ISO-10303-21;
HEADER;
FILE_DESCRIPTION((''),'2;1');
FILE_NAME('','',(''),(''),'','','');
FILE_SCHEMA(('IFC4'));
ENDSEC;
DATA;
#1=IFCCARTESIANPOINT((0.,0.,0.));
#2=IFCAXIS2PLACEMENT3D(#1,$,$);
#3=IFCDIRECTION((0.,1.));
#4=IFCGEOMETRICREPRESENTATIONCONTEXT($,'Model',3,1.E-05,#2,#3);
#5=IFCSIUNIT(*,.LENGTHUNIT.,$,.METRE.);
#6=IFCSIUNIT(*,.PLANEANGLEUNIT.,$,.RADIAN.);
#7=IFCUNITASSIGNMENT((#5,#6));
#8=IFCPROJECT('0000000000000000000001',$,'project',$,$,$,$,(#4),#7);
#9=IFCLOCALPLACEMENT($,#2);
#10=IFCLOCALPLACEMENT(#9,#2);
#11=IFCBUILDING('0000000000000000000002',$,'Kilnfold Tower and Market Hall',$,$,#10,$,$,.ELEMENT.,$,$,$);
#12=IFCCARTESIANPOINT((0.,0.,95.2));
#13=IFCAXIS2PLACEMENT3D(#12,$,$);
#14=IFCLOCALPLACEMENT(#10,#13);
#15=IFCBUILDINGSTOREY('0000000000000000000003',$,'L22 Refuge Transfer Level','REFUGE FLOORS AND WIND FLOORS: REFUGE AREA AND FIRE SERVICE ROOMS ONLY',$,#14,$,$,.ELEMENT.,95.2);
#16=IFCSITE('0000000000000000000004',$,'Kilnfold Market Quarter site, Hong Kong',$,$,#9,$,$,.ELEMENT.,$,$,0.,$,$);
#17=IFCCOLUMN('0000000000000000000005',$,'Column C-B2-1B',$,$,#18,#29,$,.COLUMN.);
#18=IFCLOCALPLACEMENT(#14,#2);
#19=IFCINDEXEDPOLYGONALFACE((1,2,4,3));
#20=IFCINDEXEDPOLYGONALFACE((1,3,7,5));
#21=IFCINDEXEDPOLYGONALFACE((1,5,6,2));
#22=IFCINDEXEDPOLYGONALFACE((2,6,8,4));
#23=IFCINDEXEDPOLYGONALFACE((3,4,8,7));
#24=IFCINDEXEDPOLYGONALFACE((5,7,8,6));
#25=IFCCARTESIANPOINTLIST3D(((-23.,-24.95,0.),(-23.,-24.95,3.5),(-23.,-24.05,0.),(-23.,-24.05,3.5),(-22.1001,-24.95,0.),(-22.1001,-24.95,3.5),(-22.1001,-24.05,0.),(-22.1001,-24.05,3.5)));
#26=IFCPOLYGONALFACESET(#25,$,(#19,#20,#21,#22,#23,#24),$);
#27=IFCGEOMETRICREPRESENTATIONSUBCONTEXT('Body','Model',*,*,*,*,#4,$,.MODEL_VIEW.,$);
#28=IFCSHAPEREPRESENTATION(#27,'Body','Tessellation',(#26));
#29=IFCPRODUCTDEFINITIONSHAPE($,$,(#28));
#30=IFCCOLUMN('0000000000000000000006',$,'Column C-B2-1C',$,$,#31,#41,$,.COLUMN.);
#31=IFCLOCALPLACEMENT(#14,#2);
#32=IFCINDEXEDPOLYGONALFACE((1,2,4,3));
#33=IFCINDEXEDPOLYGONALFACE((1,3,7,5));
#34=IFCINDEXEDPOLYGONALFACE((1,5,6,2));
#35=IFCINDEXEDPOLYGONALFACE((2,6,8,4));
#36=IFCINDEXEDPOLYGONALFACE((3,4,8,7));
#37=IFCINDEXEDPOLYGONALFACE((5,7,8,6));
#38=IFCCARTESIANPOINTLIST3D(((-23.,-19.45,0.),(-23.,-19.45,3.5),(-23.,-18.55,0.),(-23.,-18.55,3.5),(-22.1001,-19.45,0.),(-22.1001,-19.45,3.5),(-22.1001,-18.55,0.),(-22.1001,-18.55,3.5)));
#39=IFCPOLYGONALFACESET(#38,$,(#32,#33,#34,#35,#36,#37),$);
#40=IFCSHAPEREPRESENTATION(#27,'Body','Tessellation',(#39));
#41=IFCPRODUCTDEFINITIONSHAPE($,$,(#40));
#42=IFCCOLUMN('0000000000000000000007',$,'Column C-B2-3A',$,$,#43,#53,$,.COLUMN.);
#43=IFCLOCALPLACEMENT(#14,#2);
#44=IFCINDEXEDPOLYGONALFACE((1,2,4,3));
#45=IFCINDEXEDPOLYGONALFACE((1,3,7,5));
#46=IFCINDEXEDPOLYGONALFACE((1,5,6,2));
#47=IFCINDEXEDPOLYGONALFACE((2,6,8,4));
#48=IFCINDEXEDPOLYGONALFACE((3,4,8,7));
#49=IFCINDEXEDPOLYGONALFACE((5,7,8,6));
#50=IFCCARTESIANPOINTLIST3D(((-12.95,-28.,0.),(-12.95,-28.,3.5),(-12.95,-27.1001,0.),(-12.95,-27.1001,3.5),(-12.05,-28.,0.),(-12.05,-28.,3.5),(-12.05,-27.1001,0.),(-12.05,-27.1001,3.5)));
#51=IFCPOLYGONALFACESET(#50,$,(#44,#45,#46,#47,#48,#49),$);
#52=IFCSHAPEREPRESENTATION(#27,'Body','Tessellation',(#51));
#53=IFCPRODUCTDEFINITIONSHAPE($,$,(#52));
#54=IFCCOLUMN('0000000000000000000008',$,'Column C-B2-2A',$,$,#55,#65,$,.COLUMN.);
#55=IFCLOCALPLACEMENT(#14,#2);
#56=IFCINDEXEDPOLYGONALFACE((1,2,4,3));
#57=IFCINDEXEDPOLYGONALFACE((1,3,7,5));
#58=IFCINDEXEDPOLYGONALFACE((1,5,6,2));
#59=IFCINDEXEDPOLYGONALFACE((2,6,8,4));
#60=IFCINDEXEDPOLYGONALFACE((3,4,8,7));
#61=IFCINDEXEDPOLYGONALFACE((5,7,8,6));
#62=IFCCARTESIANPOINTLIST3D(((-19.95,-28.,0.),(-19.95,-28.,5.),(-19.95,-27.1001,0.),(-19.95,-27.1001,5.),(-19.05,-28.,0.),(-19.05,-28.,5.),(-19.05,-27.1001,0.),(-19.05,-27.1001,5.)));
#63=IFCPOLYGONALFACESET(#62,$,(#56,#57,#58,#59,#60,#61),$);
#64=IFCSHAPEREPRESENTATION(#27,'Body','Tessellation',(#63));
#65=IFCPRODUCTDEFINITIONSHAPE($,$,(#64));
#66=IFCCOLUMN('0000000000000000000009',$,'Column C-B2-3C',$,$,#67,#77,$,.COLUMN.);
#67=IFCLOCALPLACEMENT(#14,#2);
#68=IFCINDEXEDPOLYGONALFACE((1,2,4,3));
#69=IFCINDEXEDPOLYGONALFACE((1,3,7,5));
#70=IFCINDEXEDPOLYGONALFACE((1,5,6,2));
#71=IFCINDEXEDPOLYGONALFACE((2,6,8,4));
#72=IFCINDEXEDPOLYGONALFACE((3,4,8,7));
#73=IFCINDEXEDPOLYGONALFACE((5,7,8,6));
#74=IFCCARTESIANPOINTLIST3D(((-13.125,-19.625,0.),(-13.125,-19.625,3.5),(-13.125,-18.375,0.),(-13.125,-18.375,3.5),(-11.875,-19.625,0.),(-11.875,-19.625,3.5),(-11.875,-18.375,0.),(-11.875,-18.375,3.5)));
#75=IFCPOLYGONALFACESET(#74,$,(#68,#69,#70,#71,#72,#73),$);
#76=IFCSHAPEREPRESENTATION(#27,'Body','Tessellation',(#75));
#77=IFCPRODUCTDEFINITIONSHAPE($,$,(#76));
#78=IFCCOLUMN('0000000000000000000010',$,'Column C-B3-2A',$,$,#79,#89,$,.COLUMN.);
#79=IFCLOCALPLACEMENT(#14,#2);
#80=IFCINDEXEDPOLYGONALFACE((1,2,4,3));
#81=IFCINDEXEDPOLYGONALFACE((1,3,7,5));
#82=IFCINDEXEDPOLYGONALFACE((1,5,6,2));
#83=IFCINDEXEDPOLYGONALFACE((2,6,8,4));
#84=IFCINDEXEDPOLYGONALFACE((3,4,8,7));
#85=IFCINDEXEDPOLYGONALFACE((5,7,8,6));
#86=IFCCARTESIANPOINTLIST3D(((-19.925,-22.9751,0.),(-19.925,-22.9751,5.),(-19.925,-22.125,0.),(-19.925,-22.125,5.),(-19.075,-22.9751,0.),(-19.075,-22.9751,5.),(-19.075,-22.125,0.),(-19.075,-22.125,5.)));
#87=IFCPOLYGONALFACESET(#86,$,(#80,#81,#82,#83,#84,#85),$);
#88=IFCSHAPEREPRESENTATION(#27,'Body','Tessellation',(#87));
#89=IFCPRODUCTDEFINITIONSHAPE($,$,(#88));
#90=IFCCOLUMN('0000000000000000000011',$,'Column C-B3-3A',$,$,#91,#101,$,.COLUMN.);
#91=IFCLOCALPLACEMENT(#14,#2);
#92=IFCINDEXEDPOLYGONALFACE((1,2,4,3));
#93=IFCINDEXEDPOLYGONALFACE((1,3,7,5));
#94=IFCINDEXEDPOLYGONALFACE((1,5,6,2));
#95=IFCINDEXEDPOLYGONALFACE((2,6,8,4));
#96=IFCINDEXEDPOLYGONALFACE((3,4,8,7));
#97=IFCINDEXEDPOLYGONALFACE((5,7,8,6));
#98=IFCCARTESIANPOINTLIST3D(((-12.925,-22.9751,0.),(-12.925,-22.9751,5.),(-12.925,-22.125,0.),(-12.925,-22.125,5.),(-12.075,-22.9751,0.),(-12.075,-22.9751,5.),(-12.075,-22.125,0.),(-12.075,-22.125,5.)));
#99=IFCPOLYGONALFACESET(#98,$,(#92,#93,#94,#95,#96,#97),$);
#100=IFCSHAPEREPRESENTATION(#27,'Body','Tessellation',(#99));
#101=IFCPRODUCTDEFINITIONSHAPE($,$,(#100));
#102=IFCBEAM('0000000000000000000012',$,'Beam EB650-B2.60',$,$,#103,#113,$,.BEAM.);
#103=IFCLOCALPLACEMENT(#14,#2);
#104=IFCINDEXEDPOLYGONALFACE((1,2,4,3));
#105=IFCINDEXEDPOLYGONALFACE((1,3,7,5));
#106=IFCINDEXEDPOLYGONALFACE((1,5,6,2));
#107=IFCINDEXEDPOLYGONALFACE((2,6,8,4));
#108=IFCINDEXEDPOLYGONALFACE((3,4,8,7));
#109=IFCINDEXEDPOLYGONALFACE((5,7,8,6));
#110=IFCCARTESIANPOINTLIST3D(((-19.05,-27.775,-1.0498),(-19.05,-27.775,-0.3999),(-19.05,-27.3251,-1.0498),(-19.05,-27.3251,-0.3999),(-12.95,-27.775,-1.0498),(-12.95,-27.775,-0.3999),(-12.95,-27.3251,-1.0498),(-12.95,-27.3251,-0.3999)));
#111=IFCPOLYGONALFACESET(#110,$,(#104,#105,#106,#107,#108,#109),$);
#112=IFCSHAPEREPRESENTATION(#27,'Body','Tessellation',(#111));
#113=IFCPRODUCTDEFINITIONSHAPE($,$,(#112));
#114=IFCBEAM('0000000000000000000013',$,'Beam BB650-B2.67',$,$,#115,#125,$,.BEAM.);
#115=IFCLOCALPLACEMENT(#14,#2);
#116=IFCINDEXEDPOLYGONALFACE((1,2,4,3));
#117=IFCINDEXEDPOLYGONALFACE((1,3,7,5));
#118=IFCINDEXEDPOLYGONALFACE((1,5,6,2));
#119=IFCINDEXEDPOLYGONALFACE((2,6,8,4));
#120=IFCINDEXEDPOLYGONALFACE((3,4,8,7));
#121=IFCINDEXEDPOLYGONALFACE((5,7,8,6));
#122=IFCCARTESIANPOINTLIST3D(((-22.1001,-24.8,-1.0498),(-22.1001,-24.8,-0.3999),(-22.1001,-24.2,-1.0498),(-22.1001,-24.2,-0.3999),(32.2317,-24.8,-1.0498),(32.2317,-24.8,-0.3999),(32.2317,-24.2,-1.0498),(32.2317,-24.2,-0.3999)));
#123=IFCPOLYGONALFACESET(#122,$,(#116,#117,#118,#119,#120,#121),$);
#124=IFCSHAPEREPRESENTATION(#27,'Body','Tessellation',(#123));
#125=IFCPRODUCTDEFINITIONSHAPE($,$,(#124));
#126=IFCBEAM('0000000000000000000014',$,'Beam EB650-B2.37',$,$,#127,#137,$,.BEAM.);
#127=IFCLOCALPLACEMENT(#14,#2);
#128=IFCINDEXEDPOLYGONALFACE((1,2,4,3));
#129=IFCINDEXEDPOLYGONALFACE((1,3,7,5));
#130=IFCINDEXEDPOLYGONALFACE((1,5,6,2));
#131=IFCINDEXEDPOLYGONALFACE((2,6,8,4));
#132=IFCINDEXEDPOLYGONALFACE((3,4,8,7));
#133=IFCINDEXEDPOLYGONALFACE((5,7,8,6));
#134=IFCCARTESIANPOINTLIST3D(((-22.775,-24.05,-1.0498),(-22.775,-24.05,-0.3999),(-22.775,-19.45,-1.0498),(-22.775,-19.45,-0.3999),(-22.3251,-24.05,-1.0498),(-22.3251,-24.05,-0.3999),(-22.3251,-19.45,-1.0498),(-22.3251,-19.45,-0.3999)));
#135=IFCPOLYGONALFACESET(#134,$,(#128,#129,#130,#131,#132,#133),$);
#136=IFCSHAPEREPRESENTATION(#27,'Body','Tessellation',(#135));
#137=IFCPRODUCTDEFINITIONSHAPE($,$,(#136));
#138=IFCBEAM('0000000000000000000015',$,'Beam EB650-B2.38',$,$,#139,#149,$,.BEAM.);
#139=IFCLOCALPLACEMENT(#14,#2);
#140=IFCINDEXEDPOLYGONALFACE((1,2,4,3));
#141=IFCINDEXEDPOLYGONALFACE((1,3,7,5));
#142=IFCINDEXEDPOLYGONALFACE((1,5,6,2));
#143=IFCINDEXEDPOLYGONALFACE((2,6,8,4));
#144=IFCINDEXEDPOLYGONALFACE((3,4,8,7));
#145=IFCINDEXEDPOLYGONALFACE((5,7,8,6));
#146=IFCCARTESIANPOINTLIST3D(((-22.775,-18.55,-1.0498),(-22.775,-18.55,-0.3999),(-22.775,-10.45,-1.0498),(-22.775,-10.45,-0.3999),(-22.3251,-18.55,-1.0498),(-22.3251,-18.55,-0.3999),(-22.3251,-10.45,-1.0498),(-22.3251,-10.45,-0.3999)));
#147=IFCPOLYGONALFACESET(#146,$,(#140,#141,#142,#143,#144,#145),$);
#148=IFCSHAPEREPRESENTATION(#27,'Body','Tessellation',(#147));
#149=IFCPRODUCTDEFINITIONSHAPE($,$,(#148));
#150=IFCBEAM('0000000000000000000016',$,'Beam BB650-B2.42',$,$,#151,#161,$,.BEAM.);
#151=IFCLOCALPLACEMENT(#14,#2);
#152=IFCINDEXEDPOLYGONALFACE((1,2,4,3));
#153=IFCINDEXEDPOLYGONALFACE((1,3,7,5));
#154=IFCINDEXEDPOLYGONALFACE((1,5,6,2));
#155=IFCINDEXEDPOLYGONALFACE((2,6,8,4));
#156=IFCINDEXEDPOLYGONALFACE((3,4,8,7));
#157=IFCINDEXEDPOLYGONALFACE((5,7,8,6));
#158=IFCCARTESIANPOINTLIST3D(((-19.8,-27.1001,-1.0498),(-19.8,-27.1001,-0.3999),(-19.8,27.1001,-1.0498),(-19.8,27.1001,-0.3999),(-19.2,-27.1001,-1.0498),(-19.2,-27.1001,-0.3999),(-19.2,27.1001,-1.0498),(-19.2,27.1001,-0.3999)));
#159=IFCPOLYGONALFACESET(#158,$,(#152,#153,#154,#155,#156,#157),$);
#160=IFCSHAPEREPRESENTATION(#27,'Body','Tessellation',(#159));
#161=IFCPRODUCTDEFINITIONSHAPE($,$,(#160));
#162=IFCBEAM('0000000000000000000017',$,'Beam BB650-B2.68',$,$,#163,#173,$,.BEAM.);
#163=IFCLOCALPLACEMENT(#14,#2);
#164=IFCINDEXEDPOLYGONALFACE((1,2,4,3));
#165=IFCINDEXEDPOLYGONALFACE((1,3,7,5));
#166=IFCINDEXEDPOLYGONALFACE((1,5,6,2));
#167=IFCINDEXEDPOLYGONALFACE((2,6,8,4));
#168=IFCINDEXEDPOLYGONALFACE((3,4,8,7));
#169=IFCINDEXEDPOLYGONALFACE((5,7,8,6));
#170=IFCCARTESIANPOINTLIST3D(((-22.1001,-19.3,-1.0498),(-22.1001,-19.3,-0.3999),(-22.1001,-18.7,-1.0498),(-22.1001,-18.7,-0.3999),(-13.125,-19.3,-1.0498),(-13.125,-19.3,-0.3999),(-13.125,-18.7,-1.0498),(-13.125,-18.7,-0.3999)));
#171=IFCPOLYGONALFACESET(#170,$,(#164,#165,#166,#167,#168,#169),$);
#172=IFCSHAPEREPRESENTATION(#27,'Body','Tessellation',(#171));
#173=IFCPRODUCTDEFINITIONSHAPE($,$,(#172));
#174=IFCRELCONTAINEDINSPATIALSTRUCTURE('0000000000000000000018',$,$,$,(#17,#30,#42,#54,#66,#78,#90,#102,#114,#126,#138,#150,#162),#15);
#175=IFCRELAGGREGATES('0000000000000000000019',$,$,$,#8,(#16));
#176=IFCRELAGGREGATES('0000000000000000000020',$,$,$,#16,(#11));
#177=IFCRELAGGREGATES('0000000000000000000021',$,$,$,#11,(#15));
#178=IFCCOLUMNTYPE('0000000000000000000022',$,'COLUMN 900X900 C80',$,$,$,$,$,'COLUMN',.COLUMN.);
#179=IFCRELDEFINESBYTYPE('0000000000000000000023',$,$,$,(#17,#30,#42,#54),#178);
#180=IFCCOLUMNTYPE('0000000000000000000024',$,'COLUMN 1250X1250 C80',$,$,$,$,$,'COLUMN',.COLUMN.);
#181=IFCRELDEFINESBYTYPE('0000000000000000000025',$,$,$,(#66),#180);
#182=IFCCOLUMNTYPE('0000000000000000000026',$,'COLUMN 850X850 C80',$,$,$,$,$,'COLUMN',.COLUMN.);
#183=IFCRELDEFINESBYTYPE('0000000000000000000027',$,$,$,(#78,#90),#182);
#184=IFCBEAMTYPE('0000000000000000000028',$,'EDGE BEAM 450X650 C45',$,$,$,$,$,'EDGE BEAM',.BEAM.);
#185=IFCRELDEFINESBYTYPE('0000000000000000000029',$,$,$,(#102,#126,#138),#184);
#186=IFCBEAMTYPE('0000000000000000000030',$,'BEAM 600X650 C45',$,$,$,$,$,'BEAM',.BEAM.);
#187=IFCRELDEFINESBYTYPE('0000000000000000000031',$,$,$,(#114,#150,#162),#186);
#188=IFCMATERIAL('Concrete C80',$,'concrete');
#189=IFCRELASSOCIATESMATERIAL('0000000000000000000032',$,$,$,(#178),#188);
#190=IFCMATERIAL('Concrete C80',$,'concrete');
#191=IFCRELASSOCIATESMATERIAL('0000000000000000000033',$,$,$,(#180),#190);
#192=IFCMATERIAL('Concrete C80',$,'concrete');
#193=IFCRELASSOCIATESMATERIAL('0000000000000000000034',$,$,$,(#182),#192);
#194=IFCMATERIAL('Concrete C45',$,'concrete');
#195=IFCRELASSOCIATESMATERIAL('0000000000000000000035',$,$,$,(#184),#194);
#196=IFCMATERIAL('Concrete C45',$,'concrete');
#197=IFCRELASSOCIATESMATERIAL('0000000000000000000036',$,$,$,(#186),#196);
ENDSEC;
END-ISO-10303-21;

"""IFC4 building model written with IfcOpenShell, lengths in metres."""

from ifc_helpers import new_model, si_unit, direction, frame, origin, origin_2d, place, context, subcontext, project, spatial, rectangle, extrude, source, transform, mapped, material, material_profile, profile_set, type_object, element, save


model = new_model("IFC4")

# Units and contexts
model_context = context("Model", 3, precision=1e-05, world=origin(), true_north=direction((0.0, 1.0)))
body_context = subcontext(model_context, "Body", "Model", "MODEL_VIEW")
ifc_project = project(units=[si_unit("LENGTHUNIT", "METRE"), si_unit("PLANEANGLEUNIT", "RADIAN")], contexts=[model_context])

# Site, building, storey
site_placement = place(None, origin())
site = spatial("IfcSite", under=ifc_project, at=site_placement, Name="Kilnfold Market Quarter site, Hong Kong", CompositionType="ELEMENT", RefElevation=0.0)
building_placement = place(site_placement, origin())
building = spatial("IfcBuilding", under=site, at=building_placement, Name="Kilnfold Tower and Market Hall", CompositionType="ELEMENT")
storey_placement = place(building_placement, frame((0.0, 0.0, 95.2)))
storey = spatial("IfcBuildingStorey", under=building, at=storey_placement, Name="L22 Refuge Transfer Level", Description="REFUGE FLOORS AND WIND FLOORS: REFUGE AREA AND FIRE SERVICE ROOMS ONLY", CompositionType="ELEMENT", Elevation=95.2)

# Columns
ifc_material_1 = material(Name="Concrete C80", Category="concrete")
ifc_material_profile_1 = material_profile(ifc_material_1, rectangle(XDim=0.8999, YDim=0.8999, at=origin_2d()), Name="RC 900x900")
ifc_profile_set_1 = profile_set([ifc_material_profile_1], Name="Concrete C80")
column_type_1 = type_object("IfcColumnType", Name="COLUMN 900X900 C80", ElementType="COLUMN", PredefinedType="COLUMN", material=ifc_profile_set_1)
shared_shape_1 = source(origin(), body_context, "Body", "SweptSolid", [
    extrude(rectangle(XDim=0.8999, YDim=0.8999, at=origin_2d()), origin(), (0.0, 0.0, 1.0), 3.5),
])
for number, where, z_axis, x_axis, name in (
    (1, (-22.55, -24.5, 0.0), (0.0, 0.0, 1.0), (1.0, 0.0, 0.0), "Column C-B2-1B"),
    (2, (-22.55, -19.0, 0.0), (0.0, 0.0, 1.0), (1.0, 0.0, 0.0), "Column C-B2-1C"),
    (3, (-12.5, -27.55, 0.0), (0.0, 0.0, 1.0), (1.0, 0.0, 0.0), "Column C-B2-3A"),
):
    element("IfcColumn", number, at=place(storey_placement, frame(where, z_axis=z_axis, x_axis=x_axis)), inside=storey, type_object=column_type_1, Name=name, PredefinedType="COLUMN", context=body_context, shape_type="MappedRepresentation", body=[
        mapped(shared_shape_1, transform((0.0, 0.0, 0.0))),
    ])
shared_shape_2 = source(origin(), body_context, "Body", "SweptSolid", [
    extrude(rectangle(XDim=0.8999, YDim=0.8999, at=origin_2d()), origin(), (0.0, 0.0, 1.0), 5.0),
])
column_1_placement = place(storey_placement, frame((-19.5, -27.55, 0.0), z_axis=(0.0, 0.0, 1.0), x_axis=(1.0, 0.0, 0.0)))
element("IfcColumn", 4, at=column_1_placement, inside=storey, type_object=column_type_1, Name="Column C-B2-2A", PredefinedType="COLUMN", context=body_context, shape_type="MappedRepresentation", body=[
    mapped(shared_shape_2, transform((0.0, 0.0, 0.0))),
])
ifc_material_2 = material(Name="Concrete C80", Category="concrete")
ifc_material_profile_2 = material_profile(ifc_material_2, rectangle(XDim=1.25, YDim=1.25, at=origin_2d()), Name="RC 1250x1250")
ifc_profile_set_2 = profile_set([ifc_material_profile_2], Name="Concrete C80")
column_type_2 = type_object("IfcColumnType", Name="COLUMN 1250X1250 C80", ElementType="COLUMN", PredefinedType="COLUMN", material=ifc_profile_set_2)
shared_shape_3 = source(origin(), body_context, "Body", "SweptSolid", [
    extrude(rectangle(XDim=1.25, YDim=1.25, at=origin_2d()), origin(), (0.0, 0.0, 1.0), 3.5),
])
column_2_placement = place(storey_placement, frame((-12.5, -19.0, 0.0), z_axis=(0.0, 0.0, 1.0), x_axis=(1.0, 0.0, 0.0)))
element("IfcColumn", 5, at=column_2_placement, inside=storey, type_object=column_type_2, Name="Column C-B2-3C", PredefinedType="COLUMN", context=body_context, shape_type="MappedRepresentation", body=[
    mapped(shared_shape_3, transform((0.0, 0.0, 0.0))),
])
ifc_material_3 = material(Name="Concrete C80", Category="concrete")
ifc_material_profile_3 = material_profile(ifc_material_3, rectangle(XDim=0.8501, YDim=0.8501, at=origin_2d()), Name="RC 850x850")
ifc_profile_set_3 = profile_set([ifc_material_profile_3], Name="Concrete C80")
column_type_3 = type_object("IfcColumnType", Name="COLUMN 850X850 C80", ElementType="COLUMN", PredefinedType="COLUMN", material=ifc_profile_set_3)
shared_shape_4 = source(origin(), body_context, "Body", "SweptSolid", [
    extrude(rectangle(XDim=0.8501, YDim=0.8501, at=origin_2d()), origin(), (0.0, 0.0, 1.0), 5.0),
])
for number, where, z_axis, x_axis, name in (
    (6, (-19.5, -22.55, 0.0), (0.0, 0.0, 1.0), (1.0, 0.0, 0.0), "Column C-B3-2A"),
    (7, (-12.5, -22.55, 0.0), (0.0, 0.0, 1.0), (1.0, 0.0, 0.0), "Column C-B3-3A"),
):
    element("IfcColumn", number, at=place(storey_placement, frame(where, z_axis=z_axis, x_axis=x_axis)), inside=storey, type_object=column_type_3, Name=name, PredefinedType="COLUMN", context=body_context, shape_type="MappedRepresentation", body=[
        mapped(shared_shape_4, transform((0.0, 0.0, 0.0))),
    ])

# Beams
ifc_material_4 = material(Name="Concrete C45", Category="concrete")
ifc_material_profile_4 = material_profile(ifc_material_4, rectangle(XDim=0.45, YDim=0.6499, at=origin_2d()), Name="RC 450x650")
ifc_profile_set_4 = profile_set([ifc_material_profile_4], Name="Concrete C45")
beam_type_1 = type_object("IfcBeamType", Name="EDGE BEAM 450X650 C45", ElementType="EDGE BEAM", PredefinedType="BEAM", material=ifc_profile_set_4)
shared_shape_5 = source(origin(), body_context, "Body", "SweptSolid", [
    extrude(rectangle(XDim=0.45, YDim=0.6499, at=origin_2d()), origin(), (0.0, 0.0, 1.0), 6.1001),
])
beam_1_placement = place(storey_placement, frame((-19.05, -27.55, -0.7249), z_axis=(1.0, 0.0, 0.0), x_axis=(0.0, 1.0, 0.0)))
element("IfcBeam", 8, at=beam_1_placement, inside=storey, type_object=beam_type_1, Name="Beam EB650-B2.60", PredefinedType="BEAM", context=body_context, shape_type="MappedRepresentation", body=[
    mapped(shared_shape_5, transform((0.0, 0.0, 0.0))),
])
ifc_material_5 = material(Name="Concrete C45", Category="concrete")
ifc_material_profile_5 = material_profile(ifc_material_5, rectangle(XDim=0.6001, YDim=0.6499, at=origin_2d()), Name="RC 600x650")
ifc_profile_set_5 = profile_set([ifc_material_profile_5], Name="Concrete C45")
beam_type_2 = type_object("IfcBeamType", Name="BEAM 600X650 C45", ElementType="BEAM", PredefinedType="BEAM", material=ifc_profile_set_5)
shared_shape_6 = source(origin(), body_context, "Body", "SweptSolid", [
    extrude(rectangle(XDim=0.6001, YDim=0.6499, at=origin_2d()), origin(), (0.0, 0.0, 1.0), 54.3318),
])
beam_2_placement = place(storey_placement, frame((-22.1001, -24.5, -0.7249), z_axis=(1.0, 0.0, 0.0), x_axis=(0.0, 1.0, 0.0)))
element("IfcBeam", 9, at=beam_2_placement, inside=storey, type_object=beam_type_2, Name="Beam BB650-B2.67", PredefinedType="BEAM", context=body_context, shape_type="MappedRepresentation", body=[
    mapped(shared_shape_6, transform((0.0, 0.0, 0.0))),
])
shared_shape_7 = source(origin(), body_context, "Body", "SweptSolid", [
    extrude(rectangle(XDim=0.45, YDim=0.6499, at=origin_2d()), origin(), (0.0, 0.0, 1.0), 4.6001),
])
beam_3_placement = place(storey_placement, frame((-22.55, -24.05, -0.7249), z_axis=(0.0, 1.0, 0.0), x_axis=(-1.0, 0.0, 0.0)))
element("IfcBeam", 10, at=beam_3_placement, inside=storey, type_object=beam_type_1, Name="Beam EB650-B2.37", PredefinedType="BEAM", context=body_context, shape_type="MappedRepresentation", body=[
    mapped(shared_shape_7, transform((0.0, 0.0, 0.0))),
])
shared_shape_8 = source(origin(), body_context, "Body", "SweptSolid", [
    extrude(rectangle(XDim=0.45, YDim=0.6499, at=origin_2d()), origin(), (0.0, 0.0, 1.0), 8.1001),
])
beam_4_placement = place(storey_placement, frame((-22.55, -18.55, -0.7249), z_axis=(0.0, 1.0, 0.0), x_axis=(-1.0, 0.0, 0.0)))
element("IfcBeam", 11, at=beam_4_placement, inside=storey, type_object=beam_type_1, Name="Beam EB650-B2.38", PredefinedType="BEAM", context=body_context, shape_type="MappedRepresentation", body=[
    mapped(shared_shape_8, transform((0.0, 0.0, 0.0))),
])
shared_shape_9 = source(origin(), body_context, "Body", "SweptSolid", [
    extrude(rectangle(XDim=0.6001, YDim=0.6499, at=origin_2d()), origin(), (0.0, 0.0, 1.0), 54.2002),
])
beam_5_placement = place(storey_placement, frame((-19.5, -27.1001, -0.7249), z_axis=(0.0, 1.0, 0.0), x_axis=(-1.0, 0.0, 0.0)))
element("IfcBeam", 12, at=beam_5_placement, inside=storey, type_object=beam_type_2, Name="Beam BB650-B2.42", PredefinedType="BEAM", context=body_context, shape_type="MappedRepresentation", body=[
    mapped(shared_shape_9, transform((0.0, 0.0, 0.0))),
])
shared_shape_10 = source(origin(), body_context, "Body", "SweptSolid", [
    extrude(rectangle(XDim=0.6001, YDim=0.6499, at=origin_2d()), origin(), (0.0, 0.0, 1.0), 8.9751),
])
beam_6_placement = place(storey_placement, frame((-22.1001, -19.0, -0.7249), z_axis=(1.0, 0.0, 0.0), x_axis=(0.0, 1.0, 0.0)))
element("IfcBeam", 13, at=beam_6_placement, inside=storey, type_object=beam_type_2, Name="Beam BB650-B2.68", PredefinedType="BEAM", context=body_context, shape_type="MappedRepresentation", body=[
    mapped(shared_shape_10, transform((0.0, 0.0, 0.0))),
])

save(model, "model.ifc")
